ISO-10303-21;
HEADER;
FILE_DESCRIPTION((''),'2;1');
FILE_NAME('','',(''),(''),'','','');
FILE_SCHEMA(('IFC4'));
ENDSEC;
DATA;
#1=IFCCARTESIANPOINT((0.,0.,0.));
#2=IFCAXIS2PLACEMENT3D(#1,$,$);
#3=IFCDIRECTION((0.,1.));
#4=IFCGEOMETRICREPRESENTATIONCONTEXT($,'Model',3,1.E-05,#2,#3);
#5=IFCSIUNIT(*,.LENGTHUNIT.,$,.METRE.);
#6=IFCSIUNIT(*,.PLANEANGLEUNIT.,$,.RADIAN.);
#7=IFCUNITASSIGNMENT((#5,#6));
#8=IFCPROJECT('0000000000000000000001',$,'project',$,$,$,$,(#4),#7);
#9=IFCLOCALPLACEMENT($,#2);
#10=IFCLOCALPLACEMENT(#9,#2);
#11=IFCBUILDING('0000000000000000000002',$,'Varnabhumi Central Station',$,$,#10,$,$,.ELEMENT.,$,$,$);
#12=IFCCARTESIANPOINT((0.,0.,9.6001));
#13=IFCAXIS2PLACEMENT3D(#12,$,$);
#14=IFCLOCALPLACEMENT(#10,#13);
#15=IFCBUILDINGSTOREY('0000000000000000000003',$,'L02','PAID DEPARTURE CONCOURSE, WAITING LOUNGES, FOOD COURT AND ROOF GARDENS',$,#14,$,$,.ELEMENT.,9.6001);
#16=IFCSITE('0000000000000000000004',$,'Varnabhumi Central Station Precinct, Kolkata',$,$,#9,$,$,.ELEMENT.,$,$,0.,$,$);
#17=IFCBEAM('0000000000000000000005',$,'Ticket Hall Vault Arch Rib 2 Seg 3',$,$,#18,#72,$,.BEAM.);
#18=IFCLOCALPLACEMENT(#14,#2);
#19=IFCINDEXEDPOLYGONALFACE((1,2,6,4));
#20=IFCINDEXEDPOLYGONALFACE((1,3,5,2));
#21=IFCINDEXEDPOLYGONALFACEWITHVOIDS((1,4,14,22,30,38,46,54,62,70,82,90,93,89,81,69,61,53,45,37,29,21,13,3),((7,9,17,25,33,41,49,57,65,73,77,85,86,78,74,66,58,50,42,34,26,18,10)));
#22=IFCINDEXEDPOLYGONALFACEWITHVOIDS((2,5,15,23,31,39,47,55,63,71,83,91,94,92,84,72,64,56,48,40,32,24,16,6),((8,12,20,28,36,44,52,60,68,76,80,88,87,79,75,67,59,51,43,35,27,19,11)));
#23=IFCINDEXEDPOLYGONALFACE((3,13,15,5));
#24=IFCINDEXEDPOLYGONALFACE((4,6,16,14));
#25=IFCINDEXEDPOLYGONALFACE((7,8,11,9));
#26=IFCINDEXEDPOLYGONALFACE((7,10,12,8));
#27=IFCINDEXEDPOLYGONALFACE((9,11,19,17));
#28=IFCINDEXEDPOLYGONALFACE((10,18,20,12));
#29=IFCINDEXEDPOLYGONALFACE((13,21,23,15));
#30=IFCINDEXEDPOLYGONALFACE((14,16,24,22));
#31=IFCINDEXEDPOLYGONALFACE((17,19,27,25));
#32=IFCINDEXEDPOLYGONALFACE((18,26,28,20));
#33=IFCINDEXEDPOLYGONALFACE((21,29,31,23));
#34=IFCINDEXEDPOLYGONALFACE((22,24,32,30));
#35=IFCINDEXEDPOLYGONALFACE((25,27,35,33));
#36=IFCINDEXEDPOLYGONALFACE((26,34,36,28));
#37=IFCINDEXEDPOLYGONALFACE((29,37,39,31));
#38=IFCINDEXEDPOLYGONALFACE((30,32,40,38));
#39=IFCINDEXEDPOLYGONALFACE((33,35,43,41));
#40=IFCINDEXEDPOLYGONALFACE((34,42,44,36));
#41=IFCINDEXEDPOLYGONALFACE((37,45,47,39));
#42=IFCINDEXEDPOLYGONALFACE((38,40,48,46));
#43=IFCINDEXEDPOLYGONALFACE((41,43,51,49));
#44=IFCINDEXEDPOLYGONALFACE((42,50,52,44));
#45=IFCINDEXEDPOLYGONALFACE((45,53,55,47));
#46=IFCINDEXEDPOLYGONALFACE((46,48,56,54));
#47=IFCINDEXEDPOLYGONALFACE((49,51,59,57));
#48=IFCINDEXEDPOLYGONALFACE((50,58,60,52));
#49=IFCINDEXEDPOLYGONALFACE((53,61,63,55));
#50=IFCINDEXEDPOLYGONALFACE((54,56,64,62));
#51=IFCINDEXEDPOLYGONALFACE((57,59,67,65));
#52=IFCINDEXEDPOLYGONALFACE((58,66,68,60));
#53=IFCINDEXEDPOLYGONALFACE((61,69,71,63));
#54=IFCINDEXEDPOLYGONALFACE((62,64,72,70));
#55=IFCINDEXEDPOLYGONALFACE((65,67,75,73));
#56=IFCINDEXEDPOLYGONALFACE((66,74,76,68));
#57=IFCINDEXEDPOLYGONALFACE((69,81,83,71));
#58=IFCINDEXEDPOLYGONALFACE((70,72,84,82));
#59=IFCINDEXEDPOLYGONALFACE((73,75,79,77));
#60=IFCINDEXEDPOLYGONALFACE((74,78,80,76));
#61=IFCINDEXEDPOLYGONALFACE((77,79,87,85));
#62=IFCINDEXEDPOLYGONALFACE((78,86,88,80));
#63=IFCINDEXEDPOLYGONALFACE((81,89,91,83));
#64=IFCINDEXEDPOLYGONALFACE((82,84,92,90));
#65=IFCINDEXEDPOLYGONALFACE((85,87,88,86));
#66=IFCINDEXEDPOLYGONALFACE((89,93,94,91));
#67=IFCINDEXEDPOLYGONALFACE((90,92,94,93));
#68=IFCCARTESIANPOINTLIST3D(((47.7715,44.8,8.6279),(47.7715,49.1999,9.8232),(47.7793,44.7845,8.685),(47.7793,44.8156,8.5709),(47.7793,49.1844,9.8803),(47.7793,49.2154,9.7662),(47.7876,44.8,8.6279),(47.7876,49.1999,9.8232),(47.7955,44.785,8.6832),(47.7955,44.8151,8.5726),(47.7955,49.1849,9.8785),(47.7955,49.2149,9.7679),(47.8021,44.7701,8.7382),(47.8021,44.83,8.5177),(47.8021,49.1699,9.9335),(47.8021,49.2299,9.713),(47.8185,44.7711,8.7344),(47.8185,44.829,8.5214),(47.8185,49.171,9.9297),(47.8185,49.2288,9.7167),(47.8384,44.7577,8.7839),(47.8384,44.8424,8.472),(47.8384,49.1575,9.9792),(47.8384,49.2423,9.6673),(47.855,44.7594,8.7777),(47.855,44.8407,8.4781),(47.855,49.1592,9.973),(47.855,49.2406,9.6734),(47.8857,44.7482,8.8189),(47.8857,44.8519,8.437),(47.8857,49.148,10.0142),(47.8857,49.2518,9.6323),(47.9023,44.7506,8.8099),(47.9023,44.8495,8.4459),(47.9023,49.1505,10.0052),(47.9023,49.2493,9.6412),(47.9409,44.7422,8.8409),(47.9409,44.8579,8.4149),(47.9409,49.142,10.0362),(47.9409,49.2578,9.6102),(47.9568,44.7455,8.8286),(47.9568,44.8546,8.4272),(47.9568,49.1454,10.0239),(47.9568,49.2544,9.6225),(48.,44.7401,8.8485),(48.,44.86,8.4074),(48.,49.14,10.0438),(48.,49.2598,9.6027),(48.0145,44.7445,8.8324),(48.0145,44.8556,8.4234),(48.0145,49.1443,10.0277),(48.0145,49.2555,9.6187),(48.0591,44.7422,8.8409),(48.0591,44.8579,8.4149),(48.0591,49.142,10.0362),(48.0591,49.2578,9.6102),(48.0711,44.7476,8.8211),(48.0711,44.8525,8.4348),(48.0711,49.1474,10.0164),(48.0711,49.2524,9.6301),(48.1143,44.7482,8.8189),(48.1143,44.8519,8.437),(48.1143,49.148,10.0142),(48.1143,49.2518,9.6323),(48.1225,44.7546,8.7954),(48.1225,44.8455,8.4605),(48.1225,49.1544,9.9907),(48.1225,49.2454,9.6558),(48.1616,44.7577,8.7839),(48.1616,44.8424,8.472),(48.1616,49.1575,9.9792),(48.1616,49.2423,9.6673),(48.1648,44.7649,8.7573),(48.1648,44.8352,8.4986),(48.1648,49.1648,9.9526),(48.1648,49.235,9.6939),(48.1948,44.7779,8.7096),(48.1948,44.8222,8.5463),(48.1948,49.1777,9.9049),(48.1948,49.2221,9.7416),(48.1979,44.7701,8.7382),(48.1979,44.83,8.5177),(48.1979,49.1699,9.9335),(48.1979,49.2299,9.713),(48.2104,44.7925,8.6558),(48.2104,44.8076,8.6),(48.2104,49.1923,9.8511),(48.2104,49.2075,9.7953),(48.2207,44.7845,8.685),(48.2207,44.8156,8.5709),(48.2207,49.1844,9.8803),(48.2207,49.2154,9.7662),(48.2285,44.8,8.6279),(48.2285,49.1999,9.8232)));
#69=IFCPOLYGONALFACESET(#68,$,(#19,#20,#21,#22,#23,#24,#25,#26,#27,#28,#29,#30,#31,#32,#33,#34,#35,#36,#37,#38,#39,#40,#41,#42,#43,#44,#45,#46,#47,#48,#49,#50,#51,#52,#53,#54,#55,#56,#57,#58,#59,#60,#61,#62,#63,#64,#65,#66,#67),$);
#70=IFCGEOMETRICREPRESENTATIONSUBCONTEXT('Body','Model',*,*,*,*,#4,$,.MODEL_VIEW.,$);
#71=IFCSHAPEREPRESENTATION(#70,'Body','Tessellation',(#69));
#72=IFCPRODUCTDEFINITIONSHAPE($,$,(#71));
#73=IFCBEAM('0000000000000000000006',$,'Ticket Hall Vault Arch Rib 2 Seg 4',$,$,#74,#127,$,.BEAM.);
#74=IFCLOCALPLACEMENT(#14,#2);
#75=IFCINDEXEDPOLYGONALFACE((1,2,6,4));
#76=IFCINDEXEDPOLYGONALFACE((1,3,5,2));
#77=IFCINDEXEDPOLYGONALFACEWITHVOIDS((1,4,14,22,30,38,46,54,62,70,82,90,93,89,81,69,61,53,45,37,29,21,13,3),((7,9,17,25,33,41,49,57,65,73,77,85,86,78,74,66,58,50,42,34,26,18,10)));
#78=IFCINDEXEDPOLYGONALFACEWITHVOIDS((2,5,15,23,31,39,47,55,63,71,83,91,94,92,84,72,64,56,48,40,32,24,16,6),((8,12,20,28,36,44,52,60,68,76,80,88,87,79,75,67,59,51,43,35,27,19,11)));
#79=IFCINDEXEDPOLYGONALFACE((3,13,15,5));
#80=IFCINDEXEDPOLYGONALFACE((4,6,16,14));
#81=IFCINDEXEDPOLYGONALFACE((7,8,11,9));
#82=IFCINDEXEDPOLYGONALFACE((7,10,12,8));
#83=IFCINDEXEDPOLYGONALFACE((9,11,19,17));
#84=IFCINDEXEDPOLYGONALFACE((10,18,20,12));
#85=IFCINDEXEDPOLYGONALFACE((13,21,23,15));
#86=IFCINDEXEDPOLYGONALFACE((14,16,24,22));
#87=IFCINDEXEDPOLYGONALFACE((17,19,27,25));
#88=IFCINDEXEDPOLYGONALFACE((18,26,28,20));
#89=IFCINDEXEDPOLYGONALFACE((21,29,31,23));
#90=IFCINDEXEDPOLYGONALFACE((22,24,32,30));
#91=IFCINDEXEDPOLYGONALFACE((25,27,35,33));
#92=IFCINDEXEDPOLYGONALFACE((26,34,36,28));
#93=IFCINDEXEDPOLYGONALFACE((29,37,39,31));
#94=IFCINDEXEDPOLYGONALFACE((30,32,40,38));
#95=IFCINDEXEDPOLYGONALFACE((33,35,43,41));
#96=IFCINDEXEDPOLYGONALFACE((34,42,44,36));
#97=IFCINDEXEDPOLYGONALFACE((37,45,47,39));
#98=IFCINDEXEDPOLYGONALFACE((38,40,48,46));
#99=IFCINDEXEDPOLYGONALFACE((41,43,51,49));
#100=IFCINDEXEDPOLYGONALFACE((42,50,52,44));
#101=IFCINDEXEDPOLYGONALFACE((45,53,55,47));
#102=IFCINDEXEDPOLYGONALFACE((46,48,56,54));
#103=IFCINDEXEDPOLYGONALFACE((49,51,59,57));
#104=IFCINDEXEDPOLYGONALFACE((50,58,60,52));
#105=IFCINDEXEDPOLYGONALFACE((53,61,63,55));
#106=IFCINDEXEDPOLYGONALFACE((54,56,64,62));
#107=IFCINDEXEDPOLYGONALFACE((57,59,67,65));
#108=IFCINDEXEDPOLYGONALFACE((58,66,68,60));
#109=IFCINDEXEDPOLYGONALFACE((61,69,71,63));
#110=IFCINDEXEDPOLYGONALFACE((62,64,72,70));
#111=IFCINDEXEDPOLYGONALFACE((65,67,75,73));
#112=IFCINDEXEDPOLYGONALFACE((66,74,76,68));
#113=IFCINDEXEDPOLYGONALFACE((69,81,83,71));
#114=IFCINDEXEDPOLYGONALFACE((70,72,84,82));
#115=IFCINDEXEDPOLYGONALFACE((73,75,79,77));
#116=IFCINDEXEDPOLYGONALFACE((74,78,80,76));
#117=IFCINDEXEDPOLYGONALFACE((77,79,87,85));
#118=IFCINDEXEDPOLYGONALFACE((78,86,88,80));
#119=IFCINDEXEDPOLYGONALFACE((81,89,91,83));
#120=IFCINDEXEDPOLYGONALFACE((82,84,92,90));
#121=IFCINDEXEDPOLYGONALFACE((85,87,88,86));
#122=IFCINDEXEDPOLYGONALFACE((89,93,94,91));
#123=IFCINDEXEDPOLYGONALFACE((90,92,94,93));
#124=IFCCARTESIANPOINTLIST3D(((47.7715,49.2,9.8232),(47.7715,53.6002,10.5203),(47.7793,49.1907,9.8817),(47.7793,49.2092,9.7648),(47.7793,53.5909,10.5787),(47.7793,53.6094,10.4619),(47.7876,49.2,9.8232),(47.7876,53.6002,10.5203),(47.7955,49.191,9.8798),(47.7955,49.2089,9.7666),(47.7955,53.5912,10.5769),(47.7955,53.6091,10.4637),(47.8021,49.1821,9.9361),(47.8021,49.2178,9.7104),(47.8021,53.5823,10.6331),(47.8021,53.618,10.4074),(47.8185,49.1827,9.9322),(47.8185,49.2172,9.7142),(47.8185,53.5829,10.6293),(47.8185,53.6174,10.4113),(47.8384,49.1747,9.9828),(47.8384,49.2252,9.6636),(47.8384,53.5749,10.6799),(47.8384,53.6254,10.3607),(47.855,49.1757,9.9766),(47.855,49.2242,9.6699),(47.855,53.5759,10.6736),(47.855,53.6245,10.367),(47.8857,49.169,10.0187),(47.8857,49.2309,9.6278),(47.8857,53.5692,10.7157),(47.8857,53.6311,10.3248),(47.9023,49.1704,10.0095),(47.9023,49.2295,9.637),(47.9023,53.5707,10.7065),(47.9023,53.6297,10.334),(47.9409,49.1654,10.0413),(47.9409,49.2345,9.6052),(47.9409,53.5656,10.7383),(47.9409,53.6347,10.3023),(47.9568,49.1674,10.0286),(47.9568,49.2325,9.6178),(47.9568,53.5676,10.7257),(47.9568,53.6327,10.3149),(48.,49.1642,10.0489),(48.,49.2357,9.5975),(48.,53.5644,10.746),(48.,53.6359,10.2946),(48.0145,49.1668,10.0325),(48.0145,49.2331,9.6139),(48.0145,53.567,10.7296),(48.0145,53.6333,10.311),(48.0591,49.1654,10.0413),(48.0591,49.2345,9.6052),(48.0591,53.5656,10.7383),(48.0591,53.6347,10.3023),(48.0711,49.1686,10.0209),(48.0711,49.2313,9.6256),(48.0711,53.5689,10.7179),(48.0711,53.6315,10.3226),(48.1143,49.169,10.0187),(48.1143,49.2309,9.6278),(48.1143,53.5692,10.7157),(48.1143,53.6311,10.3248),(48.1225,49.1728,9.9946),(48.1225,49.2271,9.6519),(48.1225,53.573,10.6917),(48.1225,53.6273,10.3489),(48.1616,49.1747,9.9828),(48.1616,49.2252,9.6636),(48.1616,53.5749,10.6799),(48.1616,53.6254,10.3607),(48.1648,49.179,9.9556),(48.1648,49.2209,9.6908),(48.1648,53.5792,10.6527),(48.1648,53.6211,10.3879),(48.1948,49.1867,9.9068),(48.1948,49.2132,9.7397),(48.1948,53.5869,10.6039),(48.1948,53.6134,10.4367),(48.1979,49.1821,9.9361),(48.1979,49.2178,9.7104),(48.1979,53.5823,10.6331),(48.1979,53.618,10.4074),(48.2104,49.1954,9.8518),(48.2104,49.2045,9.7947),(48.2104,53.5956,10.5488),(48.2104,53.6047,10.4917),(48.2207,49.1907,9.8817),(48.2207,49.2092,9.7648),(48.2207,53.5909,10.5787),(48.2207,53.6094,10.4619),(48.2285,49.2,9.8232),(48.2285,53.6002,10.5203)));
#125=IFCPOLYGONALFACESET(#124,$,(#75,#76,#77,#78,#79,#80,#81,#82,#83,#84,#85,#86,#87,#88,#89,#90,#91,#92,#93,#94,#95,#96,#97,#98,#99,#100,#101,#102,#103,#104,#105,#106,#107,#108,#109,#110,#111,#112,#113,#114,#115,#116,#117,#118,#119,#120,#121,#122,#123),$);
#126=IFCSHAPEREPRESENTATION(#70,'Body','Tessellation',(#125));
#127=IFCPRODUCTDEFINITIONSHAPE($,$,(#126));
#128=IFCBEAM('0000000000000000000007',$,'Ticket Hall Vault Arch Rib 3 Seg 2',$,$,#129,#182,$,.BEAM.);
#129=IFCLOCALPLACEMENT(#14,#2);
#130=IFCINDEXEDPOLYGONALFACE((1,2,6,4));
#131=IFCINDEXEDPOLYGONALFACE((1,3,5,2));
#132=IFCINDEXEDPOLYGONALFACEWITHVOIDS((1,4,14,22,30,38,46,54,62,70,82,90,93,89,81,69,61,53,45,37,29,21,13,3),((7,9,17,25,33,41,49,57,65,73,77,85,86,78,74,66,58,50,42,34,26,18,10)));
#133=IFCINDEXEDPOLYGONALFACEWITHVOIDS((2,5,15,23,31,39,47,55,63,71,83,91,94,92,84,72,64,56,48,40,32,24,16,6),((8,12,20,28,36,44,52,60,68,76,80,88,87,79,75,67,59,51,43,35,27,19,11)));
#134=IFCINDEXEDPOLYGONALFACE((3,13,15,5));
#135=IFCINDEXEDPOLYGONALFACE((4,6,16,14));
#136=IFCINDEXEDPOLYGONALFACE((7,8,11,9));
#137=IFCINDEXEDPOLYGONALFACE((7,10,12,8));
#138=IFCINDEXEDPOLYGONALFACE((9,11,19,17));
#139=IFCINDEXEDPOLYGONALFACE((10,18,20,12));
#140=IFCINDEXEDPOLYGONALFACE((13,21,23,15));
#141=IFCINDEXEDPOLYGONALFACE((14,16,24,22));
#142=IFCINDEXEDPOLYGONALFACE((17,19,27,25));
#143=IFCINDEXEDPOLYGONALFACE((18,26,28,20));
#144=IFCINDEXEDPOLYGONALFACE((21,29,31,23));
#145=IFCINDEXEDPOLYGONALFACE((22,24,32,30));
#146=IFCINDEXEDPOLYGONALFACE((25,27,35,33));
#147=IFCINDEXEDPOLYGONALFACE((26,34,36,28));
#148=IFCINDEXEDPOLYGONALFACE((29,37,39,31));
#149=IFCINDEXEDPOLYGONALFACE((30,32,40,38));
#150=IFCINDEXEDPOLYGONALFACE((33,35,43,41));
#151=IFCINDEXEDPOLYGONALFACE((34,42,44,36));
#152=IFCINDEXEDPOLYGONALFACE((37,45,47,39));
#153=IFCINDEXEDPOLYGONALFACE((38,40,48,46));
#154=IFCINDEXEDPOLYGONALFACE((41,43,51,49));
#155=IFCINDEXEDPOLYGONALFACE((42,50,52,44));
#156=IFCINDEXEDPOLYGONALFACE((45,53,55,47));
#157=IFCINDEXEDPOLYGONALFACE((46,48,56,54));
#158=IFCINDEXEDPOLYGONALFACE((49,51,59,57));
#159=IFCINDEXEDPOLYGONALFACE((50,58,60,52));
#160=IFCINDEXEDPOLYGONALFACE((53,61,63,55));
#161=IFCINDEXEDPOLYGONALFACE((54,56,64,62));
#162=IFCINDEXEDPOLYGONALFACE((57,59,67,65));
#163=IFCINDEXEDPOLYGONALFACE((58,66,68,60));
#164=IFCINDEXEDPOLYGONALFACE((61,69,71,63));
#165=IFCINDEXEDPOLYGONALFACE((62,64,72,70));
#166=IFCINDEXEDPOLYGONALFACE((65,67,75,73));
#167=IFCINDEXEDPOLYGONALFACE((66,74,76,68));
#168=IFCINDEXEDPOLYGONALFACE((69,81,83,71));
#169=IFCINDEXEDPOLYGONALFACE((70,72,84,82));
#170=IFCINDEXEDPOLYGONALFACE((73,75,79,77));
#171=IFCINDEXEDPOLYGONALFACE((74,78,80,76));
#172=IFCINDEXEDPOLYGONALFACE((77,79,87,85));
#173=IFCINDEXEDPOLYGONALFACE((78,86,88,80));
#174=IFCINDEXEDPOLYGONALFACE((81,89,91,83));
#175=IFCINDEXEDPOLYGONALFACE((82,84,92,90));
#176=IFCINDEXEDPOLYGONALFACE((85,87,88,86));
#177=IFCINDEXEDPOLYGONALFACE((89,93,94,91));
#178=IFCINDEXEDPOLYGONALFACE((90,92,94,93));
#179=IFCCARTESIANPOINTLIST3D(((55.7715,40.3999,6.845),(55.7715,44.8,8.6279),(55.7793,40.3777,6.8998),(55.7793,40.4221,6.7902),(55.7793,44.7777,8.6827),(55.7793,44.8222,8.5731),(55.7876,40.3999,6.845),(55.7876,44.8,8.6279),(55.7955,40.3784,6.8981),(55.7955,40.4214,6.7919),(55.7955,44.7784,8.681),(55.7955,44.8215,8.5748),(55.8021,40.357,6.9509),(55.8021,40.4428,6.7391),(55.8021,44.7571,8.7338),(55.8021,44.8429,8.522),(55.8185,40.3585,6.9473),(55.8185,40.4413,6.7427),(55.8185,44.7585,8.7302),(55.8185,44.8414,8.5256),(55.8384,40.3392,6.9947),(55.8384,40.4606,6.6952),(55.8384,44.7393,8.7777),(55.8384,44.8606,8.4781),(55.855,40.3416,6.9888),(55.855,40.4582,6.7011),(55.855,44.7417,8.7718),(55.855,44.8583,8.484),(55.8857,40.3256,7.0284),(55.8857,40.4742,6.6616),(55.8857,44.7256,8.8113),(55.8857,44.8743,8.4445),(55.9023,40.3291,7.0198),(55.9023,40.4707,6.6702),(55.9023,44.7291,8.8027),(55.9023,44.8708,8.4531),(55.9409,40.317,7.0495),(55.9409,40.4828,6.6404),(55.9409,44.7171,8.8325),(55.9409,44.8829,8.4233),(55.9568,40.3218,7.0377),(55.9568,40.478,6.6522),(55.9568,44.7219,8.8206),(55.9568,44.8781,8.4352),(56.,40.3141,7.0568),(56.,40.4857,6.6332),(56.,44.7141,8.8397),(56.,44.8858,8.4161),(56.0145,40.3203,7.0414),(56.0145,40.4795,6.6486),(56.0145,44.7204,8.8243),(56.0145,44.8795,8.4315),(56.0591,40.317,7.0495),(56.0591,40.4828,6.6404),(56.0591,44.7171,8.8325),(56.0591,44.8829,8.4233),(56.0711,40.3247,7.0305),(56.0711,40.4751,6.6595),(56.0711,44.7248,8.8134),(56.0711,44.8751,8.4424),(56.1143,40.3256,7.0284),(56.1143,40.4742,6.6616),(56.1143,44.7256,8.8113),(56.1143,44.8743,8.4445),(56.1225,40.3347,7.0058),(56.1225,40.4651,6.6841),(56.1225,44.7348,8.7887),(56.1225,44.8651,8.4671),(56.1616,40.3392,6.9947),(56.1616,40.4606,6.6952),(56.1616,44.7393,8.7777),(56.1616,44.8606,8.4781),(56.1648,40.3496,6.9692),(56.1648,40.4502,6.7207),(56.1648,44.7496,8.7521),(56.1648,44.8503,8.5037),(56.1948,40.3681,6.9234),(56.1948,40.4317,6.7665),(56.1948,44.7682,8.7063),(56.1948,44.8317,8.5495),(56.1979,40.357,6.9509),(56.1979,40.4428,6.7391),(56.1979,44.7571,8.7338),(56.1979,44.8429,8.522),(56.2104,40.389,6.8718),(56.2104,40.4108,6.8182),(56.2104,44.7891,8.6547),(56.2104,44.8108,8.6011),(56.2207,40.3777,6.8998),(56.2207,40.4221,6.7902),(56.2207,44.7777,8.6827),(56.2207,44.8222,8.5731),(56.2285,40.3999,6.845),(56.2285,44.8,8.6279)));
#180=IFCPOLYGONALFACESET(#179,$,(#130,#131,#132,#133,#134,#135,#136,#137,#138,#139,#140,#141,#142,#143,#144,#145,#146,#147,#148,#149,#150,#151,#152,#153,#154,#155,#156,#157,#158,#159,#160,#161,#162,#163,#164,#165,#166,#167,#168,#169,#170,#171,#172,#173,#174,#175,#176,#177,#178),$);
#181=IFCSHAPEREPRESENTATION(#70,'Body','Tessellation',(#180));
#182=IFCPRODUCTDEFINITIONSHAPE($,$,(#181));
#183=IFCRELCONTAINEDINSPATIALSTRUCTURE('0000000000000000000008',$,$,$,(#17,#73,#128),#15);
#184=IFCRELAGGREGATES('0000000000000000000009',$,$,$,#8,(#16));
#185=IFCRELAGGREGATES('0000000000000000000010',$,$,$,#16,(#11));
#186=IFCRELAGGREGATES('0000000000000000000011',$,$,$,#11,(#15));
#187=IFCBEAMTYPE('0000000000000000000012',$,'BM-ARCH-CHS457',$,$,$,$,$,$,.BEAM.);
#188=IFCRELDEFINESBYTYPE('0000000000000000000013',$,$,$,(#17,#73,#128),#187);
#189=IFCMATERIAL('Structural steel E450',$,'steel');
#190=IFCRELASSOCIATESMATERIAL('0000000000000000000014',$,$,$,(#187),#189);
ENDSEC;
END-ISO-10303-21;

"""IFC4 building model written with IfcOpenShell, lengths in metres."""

from ifc_helpers import new_model, si_unit, direction, frame, origin, origin_2d, place, context, subcontext, project, spatial, hollow_circle, extrude, material, material_profile, profile_set, type_object, element, save


model = new_model("IFC4")

# Units and contexts
model_context = context("Model", 3, precision=1e-05, world=origin(), true_north=direction((0.0, 1.0)))
body_context = subcontext(model_context, "Body", "Model", "MODEL_VIEW")
ifc_project = project(units=[si_unit("LENGTHUNIT", "METRE"), si_unit("PLANEANGLEUNIT", "RADIAN")], contexts=[model_context])

# Site, building, storey
site_placement = place(None, origin())
site = spatial("IfcSite", under=ifc_project, at=site_placement, Name="Varnabhumi Central Station Precinct, Kolkata", CompositionType="ELEMENT", RefElevation=0.0)
building_placement = place(site_placement, origin())
building = spatial("IfcBuilding", under=site, at=building_placement, Name="Varnabhumi Central Station", CompositionType="ELEMENT")
storey_placement = place(building_placement, frame((0.0, 0.0, 9.6001)))
storey = spatial("IfcBuildingStorey", under=building, at=storey_placement, Name="L02", Description="PAID DEPARTURE CONCOURSE, WAITING LOUNGES, FOOD COURT AND ROOF GARDENS", CompositionType="ELEMENT", Elevation=9.6001)

# Beams
ifc_material_1 = material(Name="Structural steel E450", Category="steel")
ifc_material_profile_1 = material_profile(ifc_material_1, hollow_circle(Radius=0.2285, WallThickness=0.0161, at=origin_2d()), Name="Structural steel E450", Category="steel")
ifc_profile_set_1 = profile_set([ifc_material_profile_1], Name="Structural steel E450")
beam_type_1 = type_object("IfcBeamType", Name="BM-ARCH-CHS457", PredefinedType="BEAM", material=ifc_profile_set_1)
beam_1_placement = place(storey_placement, frame((48.0, 44.8, 8.6279), z_axis=(0.0, 0.965023, 0.262166), x_axis=(-1.0, 0.0, 0.0)))
element("IfcBeam", 1, at=beam_1_placement, inside=storey, type_object=beam_type_1, Name="Ticket Hall Vault Arch Rib 2 Seg 3", PredefinedType="BEAM", context=body_context, shape_type="SweptSolid", body=[
    extrude(hollow_circle(Radius=0.2285, WallThickness=0.0161, at=origin_2d()), origin(), (0.0, 0.0, 1.0), 4.5593),
])
beam_2_placement = place(storey_placement, frame((48.0, 49.2, 9.8232), z_axis=(0.0, 0.987685, 0.156458), x_axis=(-1.0, 0.0, 0.0)))
element("IfcBeam", 2, at=beam_2_placement, inside=storey, type_object=beam_type_1, Name="Ticket Hall Vault Arch Rib 2 Seg 4", PredefinedType="BEAM", context=body_context, shape_type="SweptSolid", body=[
    extrude(hollow_circle(Radius=0.2285, WallThickness=0.0161, at=origin_2d()), origin(), (0.0, 0.0, 1.0), 4.4551),
])
beam_3_placement = place(storey_placement, frame((56.0, 40.3999, 6.845), z_axis=(0.0, 0.926804, 0.375545), x_axis=(-1.0, 0.0, 0.0)))
element("IfcBeam", 3, at=beam_3_placement, inside=storey, type_object=beam_type_1, Name="Ticket Hall Vault Arch Rib 3 Seg 2", PredefinedType="BEAM", context=body_context, shape_type="SweptSolid", body=[
    extrude(hollow_circle(Radius=0.2285, WallThickness=0.0161, at=origin_2d()), origin(), (0.0, 0.0, 1.0), 4.7476),
])

save(model, "model.ifc")
